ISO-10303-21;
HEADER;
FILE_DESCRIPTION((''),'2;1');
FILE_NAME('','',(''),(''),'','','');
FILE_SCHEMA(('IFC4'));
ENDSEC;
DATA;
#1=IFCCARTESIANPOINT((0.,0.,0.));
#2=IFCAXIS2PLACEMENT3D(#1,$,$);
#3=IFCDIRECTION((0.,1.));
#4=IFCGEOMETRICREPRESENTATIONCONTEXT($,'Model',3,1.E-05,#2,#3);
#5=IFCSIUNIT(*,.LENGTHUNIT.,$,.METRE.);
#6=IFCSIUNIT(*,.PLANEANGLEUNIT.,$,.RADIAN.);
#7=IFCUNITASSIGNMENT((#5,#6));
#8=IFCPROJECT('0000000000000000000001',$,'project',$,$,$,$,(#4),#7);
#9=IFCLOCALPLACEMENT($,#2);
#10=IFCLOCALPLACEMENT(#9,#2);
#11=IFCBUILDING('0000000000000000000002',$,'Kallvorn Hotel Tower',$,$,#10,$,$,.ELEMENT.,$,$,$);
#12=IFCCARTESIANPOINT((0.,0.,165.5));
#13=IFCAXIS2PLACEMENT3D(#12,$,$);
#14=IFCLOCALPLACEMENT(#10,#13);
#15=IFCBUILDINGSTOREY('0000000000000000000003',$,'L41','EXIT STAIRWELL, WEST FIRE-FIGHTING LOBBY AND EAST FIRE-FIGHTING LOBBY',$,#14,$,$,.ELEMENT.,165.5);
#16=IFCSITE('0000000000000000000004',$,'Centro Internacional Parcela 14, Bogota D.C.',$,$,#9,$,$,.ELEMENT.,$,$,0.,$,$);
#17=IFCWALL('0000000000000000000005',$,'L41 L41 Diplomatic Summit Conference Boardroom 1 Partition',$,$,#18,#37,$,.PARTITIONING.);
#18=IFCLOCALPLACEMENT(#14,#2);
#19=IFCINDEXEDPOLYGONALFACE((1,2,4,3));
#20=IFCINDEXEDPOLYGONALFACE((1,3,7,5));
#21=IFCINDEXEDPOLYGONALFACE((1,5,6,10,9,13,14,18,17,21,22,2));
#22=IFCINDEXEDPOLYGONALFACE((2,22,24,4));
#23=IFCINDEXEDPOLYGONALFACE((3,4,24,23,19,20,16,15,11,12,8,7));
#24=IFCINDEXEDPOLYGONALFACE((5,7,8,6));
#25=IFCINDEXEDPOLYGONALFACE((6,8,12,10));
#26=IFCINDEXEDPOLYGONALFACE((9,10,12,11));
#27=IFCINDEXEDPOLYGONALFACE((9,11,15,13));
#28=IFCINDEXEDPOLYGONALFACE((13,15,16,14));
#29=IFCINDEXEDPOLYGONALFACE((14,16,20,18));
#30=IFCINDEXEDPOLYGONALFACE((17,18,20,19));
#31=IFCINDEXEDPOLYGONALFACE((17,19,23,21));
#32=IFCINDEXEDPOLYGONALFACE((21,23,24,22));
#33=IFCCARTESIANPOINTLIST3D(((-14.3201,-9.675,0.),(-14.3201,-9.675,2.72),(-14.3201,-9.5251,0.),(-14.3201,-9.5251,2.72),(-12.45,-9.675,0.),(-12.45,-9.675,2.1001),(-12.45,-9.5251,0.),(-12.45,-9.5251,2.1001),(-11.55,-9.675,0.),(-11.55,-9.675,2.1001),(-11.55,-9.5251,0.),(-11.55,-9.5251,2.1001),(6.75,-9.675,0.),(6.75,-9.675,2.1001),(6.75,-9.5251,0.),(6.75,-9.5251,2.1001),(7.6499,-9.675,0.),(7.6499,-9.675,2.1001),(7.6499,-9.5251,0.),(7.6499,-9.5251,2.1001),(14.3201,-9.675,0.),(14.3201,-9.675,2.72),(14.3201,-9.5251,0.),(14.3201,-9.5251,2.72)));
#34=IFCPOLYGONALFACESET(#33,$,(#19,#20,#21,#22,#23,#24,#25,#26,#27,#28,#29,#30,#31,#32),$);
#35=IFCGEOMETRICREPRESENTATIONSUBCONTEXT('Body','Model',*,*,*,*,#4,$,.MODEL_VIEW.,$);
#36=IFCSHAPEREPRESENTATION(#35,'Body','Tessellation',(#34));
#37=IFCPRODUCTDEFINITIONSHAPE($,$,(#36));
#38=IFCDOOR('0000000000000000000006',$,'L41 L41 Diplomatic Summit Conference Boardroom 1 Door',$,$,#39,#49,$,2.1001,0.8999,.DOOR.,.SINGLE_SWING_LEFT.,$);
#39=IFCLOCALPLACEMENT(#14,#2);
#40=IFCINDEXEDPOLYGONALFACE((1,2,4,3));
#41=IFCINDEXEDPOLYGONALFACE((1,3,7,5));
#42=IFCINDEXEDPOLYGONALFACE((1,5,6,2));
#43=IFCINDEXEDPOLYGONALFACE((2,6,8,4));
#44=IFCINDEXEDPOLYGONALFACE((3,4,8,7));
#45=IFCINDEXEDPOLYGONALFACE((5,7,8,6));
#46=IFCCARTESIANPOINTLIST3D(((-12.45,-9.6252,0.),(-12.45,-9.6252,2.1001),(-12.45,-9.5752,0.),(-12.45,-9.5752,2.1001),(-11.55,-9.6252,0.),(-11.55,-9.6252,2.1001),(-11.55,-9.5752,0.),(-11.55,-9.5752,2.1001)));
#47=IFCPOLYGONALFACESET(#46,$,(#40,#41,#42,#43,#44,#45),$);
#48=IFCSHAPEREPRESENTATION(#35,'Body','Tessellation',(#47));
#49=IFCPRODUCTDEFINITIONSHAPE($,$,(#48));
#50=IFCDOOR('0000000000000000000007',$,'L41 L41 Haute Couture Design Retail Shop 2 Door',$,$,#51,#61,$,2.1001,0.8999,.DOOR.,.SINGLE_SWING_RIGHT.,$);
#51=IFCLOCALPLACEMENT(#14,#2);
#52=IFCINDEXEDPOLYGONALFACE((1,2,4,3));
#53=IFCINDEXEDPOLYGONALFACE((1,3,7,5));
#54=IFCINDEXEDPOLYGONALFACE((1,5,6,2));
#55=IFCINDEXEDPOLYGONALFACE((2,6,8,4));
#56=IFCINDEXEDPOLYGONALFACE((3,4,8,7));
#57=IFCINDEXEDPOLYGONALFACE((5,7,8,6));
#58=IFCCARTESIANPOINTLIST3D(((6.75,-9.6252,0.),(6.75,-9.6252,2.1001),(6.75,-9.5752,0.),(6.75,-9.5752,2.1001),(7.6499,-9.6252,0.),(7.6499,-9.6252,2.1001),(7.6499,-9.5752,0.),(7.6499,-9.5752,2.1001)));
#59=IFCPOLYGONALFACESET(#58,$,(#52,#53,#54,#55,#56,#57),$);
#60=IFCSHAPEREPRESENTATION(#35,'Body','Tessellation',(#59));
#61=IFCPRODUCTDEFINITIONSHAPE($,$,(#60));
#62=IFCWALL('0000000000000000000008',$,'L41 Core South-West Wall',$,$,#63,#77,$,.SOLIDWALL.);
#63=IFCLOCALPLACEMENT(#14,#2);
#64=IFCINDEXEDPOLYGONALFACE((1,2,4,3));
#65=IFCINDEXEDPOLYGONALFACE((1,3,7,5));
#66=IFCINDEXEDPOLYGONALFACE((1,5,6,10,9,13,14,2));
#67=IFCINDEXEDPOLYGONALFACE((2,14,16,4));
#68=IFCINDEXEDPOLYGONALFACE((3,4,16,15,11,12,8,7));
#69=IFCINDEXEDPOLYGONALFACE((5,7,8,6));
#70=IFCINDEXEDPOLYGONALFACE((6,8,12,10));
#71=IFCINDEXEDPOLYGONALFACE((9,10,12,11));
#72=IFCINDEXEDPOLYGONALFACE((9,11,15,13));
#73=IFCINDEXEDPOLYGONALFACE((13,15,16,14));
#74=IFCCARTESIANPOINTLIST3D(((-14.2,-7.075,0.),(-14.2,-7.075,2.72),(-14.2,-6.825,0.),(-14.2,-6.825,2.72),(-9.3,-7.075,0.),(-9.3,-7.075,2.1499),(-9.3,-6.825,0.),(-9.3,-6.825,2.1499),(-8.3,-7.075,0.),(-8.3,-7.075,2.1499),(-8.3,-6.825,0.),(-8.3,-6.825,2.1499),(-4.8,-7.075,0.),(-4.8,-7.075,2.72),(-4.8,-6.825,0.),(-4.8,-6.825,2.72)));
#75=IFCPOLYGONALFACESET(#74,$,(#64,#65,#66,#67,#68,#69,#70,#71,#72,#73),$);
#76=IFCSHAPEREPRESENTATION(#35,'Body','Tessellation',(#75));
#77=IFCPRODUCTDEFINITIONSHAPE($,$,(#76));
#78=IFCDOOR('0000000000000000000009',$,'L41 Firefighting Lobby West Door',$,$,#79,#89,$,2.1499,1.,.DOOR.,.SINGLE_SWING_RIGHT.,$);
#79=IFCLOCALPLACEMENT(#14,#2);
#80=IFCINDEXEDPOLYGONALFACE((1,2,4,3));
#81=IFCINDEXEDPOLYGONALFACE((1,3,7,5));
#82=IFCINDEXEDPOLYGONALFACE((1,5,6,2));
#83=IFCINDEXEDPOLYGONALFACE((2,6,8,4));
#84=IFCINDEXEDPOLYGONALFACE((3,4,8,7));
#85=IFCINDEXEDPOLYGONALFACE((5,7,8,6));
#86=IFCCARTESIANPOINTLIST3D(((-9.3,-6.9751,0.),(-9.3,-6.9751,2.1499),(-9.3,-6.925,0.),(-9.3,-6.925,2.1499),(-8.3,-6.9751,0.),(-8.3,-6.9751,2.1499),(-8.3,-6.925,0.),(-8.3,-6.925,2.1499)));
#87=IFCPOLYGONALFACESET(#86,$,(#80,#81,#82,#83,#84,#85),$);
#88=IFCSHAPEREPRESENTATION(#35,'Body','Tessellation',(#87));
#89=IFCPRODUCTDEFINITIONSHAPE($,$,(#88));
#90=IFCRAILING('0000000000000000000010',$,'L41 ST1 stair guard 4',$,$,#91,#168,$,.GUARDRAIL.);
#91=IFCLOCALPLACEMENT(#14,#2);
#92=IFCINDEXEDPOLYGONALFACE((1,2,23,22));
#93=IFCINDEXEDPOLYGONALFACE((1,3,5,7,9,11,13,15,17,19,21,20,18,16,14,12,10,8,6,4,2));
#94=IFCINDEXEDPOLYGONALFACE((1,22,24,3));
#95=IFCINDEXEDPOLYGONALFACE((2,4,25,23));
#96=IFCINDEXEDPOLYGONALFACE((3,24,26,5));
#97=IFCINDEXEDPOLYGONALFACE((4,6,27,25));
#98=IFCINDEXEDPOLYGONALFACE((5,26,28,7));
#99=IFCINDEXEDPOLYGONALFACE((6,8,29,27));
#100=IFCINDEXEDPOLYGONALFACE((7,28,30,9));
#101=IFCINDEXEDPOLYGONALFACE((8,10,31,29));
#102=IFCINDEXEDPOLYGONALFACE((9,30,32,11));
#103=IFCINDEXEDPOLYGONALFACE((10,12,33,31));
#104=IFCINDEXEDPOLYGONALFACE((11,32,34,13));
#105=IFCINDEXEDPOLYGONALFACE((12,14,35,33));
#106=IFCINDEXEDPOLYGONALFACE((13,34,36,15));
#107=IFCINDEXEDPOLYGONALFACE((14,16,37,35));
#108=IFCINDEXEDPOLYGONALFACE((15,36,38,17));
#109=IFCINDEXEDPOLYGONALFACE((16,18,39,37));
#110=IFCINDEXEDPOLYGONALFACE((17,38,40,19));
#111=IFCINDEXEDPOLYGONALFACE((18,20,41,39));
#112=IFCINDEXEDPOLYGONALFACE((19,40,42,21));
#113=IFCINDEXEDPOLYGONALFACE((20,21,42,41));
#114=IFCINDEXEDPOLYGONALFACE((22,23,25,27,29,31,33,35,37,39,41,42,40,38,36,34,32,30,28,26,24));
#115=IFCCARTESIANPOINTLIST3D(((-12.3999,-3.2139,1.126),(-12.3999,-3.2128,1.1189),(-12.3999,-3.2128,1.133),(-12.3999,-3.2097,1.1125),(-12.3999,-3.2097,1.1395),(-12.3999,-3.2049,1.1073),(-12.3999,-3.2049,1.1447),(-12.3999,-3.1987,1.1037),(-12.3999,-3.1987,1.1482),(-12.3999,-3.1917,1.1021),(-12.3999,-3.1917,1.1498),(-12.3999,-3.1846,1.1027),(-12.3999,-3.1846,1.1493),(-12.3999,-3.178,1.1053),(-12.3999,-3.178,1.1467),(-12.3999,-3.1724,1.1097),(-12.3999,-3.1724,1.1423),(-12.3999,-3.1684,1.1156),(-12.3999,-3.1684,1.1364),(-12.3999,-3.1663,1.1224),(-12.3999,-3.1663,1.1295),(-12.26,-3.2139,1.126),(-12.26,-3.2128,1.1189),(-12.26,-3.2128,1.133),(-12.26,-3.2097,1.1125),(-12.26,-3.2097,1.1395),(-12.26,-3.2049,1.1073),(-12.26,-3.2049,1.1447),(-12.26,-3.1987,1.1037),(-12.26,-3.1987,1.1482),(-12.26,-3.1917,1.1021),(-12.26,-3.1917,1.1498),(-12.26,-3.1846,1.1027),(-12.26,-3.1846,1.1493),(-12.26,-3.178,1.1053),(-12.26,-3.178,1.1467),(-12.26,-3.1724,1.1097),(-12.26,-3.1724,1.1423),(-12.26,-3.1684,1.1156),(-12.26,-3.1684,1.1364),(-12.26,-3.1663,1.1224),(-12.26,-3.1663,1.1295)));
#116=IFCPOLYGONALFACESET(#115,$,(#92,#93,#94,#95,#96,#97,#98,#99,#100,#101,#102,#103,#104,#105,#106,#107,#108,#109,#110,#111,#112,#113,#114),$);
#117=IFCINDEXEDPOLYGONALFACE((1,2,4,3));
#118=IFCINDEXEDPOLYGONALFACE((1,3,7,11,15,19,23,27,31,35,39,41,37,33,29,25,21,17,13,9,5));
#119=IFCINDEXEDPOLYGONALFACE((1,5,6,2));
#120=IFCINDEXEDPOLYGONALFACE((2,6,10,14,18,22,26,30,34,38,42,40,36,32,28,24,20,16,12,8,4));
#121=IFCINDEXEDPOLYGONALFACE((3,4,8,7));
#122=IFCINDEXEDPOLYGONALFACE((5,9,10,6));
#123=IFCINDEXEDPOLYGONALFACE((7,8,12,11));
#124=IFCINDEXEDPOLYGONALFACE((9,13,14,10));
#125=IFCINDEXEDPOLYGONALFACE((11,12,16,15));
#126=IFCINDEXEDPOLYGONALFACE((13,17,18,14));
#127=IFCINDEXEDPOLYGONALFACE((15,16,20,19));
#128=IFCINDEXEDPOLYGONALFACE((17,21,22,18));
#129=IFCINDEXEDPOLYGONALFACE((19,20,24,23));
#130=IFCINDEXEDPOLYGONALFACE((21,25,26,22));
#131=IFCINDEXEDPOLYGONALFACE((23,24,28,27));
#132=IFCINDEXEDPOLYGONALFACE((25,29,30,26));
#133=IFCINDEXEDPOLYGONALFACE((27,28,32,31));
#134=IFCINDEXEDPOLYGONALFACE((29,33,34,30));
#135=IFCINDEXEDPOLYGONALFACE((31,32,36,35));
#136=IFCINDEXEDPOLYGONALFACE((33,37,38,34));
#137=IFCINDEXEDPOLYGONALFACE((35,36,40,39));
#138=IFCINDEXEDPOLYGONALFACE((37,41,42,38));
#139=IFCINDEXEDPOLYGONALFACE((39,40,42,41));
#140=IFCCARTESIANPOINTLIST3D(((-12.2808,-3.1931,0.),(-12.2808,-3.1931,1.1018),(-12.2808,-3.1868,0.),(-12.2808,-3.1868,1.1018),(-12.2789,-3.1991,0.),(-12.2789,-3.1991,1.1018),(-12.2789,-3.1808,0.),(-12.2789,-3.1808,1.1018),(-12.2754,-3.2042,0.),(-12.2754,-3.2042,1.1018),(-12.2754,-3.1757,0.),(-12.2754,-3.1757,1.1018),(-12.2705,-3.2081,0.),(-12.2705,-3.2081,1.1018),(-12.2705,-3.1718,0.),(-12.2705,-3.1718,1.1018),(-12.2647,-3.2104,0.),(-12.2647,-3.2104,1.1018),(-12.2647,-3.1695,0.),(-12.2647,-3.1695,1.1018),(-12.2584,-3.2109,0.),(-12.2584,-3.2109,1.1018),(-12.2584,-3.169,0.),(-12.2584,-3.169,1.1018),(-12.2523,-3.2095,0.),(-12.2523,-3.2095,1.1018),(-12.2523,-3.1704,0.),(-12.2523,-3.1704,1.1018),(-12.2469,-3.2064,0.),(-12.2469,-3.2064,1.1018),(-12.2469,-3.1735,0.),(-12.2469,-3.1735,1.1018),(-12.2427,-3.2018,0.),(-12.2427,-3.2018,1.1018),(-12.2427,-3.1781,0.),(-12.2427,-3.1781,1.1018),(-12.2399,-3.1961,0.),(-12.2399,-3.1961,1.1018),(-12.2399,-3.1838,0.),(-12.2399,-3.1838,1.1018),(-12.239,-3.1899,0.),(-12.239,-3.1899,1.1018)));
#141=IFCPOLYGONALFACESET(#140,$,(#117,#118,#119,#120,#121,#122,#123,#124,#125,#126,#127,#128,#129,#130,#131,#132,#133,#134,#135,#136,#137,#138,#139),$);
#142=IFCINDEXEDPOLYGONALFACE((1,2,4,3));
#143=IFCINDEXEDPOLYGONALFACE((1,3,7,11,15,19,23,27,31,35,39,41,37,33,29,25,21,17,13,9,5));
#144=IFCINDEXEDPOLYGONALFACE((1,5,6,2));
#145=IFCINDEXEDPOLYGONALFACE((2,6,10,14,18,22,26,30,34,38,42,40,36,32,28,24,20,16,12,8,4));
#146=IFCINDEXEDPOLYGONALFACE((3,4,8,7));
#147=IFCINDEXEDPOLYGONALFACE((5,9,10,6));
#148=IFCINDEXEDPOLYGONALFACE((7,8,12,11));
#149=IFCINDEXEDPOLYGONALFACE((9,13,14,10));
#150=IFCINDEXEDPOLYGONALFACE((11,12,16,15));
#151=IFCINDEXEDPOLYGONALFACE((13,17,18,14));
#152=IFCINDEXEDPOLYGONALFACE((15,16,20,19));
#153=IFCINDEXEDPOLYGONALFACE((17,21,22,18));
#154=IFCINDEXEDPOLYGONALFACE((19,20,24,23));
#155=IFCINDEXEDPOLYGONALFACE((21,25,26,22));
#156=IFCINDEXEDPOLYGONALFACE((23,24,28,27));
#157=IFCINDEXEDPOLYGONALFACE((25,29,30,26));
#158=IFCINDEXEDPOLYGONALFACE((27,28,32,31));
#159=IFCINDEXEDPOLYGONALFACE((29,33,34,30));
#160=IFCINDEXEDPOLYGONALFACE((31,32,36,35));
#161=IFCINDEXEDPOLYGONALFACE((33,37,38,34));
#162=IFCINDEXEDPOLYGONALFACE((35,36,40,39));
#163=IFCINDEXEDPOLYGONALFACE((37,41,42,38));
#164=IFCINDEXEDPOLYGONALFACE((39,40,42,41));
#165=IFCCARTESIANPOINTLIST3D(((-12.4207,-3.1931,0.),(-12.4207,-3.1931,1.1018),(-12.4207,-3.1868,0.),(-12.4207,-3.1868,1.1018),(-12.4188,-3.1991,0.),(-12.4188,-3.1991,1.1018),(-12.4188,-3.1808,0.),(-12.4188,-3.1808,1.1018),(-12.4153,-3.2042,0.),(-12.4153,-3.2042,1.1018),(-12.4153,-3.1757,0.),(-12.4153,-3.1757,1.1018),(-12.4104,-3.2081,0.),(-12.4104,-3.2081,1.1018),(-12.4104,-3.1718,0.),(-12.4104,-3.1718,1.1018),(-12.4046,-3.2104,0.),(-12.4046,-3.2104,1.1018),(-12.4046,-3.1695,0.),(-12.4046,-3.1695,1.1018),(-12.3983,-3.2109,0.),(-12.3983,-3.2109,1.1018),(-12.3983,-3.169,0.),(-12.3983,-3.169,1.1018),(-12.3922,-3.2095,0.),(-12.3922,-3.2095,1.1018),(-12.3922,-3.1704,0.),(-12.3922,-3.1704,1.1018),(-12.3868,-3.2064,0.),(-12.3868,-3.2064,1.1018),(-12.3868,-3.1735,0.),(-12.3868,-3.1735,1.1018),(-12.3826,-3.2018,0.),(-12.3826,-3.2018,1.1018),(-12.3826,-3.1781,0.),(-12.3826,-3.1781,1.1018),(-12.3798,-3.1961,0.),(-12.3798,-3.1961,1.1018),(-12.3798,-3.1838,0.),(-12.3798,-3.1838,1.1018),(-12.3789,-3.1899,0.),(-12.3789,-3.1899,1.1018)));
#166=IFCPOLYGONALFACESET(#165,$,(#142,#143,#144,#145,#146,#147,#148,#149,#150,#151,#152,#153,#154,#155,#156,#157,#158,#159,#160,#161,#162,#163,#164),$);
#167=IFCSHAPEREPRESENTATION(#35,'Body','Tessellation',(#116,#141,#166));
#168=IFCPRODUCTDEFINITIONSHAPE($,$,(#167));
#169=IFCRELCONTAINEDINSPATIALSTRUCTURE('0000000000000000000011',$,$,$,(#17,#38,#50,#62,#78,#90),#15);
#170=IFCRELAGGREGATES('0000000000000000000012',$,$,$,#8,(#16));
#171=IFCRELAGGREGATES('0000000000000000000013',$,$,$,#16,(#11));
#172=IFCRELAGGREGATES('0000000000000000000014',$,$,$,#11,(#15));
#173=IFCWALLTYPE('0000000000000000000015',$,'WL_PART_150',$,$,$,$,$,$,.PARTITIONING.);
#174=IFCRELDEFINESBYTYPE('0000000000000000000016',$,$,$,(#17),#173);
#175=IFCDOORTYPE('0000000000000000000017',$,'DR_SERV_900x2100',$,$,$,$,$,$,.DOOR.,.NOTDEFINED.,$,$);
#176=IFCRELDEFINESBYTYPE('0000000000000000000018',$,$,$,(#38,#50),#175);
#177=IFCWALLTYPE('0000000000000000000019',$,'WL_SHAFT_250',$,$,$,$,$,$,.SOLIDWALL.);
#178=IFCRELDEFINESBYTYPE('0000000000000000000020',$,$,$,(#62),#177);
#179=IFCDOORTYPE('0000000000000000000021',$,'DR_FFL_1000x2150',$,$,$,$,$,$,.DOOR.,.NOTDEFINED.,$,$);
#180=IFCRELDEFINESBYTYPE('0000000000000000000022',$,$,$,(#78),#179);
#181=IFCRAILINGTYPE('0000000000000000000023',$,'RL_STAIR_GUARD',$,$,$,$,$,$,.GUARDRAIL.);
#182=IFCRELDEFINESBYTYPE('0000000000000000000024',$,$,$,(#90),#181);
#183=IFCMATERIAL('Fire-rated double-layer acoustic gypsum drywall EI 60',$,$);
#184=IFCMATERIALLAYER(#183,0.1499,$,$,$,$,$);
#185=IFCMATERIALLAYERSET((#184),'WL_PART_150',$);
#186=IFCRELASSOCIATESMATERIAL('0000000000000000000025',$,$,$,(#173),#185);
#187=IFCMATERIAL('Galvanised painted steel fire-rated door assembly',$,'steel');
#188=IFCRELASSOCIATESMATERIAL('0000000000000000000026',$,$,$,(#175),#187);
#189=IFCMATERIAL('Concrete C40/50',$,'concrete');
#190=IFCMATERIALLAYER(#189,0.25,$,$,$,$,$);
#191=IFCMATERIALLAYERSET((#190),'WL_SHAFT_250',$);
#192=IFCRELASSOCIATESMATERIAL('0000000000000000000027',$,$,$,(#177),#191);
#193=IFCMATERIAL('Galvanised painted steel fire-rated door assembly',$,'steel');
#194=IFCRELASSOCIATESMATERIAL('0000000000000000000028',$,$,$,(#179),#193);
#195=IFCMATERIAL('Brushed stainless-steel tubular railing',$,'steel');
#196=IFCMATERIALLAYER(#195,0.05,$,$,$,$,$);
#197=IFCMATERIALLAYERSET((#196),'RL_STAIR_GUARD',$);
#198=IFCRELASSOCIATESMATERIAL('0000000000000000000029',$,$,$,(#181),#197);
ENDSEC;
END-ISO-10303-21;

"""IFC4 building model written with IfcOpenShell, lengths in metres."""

from ifc_helpers import new_model, si_unit, direction, frame, frame_2d, origin, origin_2d, place, context, subcontext, project, spatial, rectangle, circle, extrude, material, layer, layer_set, type_object, element, fill, save


model = new_model("IFC4")

# Units and contexts
model_context = context("Model", 3, precision=1e-05, world=origin(), true_north=direction((0.0, 1.0)))
body_context = subcontext(model_context, "Body", "Model", "MODEL_VIEW")
ifc_project = project(units=[si_unit("LENGTHUNIT", "METRE"), si_unit("PLANEANGLEUNIT", "RADIAN")], contexts=[model_context])

# Site, building, storey
site_placement = place(None, origin())
site = spatial("IfcSite", under=ifc_project, at=site_placement, Name="Centro Internacional Parcela 14, Bogota D.C.", CompositionType="ELEMENT", RefElevation=0.0)
building_placement = place(site_placement, origin())
building = spatial("IfcBuilding", under=site, at=building_placement, Name="Kallvorn Hotel Tower", CompositionType="ELEMENT")
storey_placement = place(building_placement, frame((0.0, 0.0, 165.5)))
storey = spatial("IfcBuildingStorey", under=building, at=storey_placement, Name="L41", Description="EXIT STAIRWELL, WEST FIRE-FIGHTING LOBBY AND EAST FIRE-FIGHTING LOBBY", CompositionType="ELEMENT", Elevation=165.5)

# Wall, openings, doors
ifc_material_1 = material(Name="Fire-rated double-layer acoustic gypsum drywall EI 60")
ifc_layer_1 = layer(ifc_material_1, 0.1499)
ifc_layer_set_1 = layer_set([ifc_layer_1], Name="WL_PART_150")
wall_type_1 = type_object("IfcWallType", Name="WL_PART_150", PredefinedType="PARTITIONING", material=ifc_layer_set_1)
wall_1_placement = place(storey_placement, frame((-14.3201, -9.6001, 0.0), z_axis=(0.0, 0.0, 1.0), x_axis=(1.0, 0.0, 0.0)))
wall_1 = element("IfcWall", 1, at=wall_1_placement, inside=storey, type_object=wall_type_1, Name="L41 L41 Diplomatic Summit Conference Boardroom 1 Partition", PredefinedType="PARTITIONING", context=body_context, shape_type="SweptSolid", body=[
    extrude(rectangle(XDim=28.6401, YDim=0.1499, at=frame_2d((14.3201, 0.0))), origin(), (0.0, 0.0, 1.0), 2.72),
])
opening_1_placement = place(wall_1_placement, frame((1.8701, 0.0, 0.0)))
opening_1 = element("IfcOpeningElement", 2, at=opening_1_placement, cuts=wall_1, PredefinedType="OPENING", context=body_context, shape_type="SweptSolid", body=[
    extrude(rectangle(XDim=0.8999, YDim=2.1001, at=frame_2d((0.45, 1.05))), frame((0.0, 0.0898, 0.0), z_axis=(0.0, -1.0, 0.0), x_axis=(1.0, 0.0, 0.0)), (0.0, 0.0, 1.0), 0.1799),
])
opening_2_placement = place(wall_1_placement, frame((21.0701, 0.0, 0.0)))
opening_2 = element("IfcOpeningElement", 3, at=opening_2_placement, cuts=wall_1, PredefinedType="OPENING", context=body_context, shape_type="SweptSolid", body=[
    extrude(rectangle(XDim=0.8999, YDim=2.1001, at=frame_2d((0.45, 1.05))), frame((0.0, 0.0898, 0.0), z_axis=(0.0, -1.0, 0.0), x_axis=(1.0, 0.0, 0.0)), (0.0, 0.0, 1.0), 0.1799),
])
ifc_material_2 = material(Name="Galvanised painted steel fire-rated door assembly", Category="steel")
door_type_1 = type_object("IfcDoorType", Name="DR_SERV_900x2100", OperationType="NOTDEFINED", PredefinedType="DOOR", material=ifc_material_2)
door_1_placement = place(opening_1_placement, origin())
door_1 = element("IfcDoor", 4, at=door_1_placement, inside=storey, type_object=door_type_1, Name="L41 L41 Diplomatic Summit Conference Boardroom 1 Door", OperationType="SINGLE_SWING_LEFT", OverallHeight=2.1001, OverallWidth=0.8999, PredefinedType="DOOR", context=body_context, shape_type="SweptSolid", body=[
    extrude(rectangle(XDim=0.8999, YDim=2.1001, at=frame_2d((0.45, 1.05))), frame((0.0, 0.0249, 0.0), z_axis=(0.0, -1.0, 0.0), x_axis=(1.0, 0.0, 0.0)), (0.0, 0.0, 1.0), 0.05),
])
fill(opening_1, door_1)
door_2_placement = place(opening_2_placement, origin())
door_2 = element("IfcDoor", 5, at=door_2_placement, inside=storey, type_object=door_type_1, Name="L41 L41 Haute Couture Design Retail Shop 2 Door", OperationType="SINGLE_SWING_RIGHT", OverallHeight=2.1001, OverallWidth=0.8999, PredefinedType="DOOR", context=body_context, shape_type="SweptSolid", body=[
    extrude(rectangle(XDim=0.8999, YDim=2.1001, at=frame_2d((0.45, 1.05))), frame((0.0, 0.0249, 0.0), z_axis=(0.0, -1.0, 0.0), x_axis=(1.0, 0.0, 0.0)), (0.0, 0.0, 1.0), 0.05),
])
fill(opening_2, door_2)

# Wall, opening, door
ifc_material_3 = material(Name="Concrete C40/50", Category="concrete")
ifc_layer_2 = layer(ifc_material_3, 0.25)
ifc_layer_set_2 = layer_set([ifc_layer_2], Name="WL_SHAFT_250")
wall_type_2 = type_object("IfcWallType", Name="WL_SHAFT_250", PredefinedType="SOLIDWALL", material=ifc_layer_set_2)
wall_2_placement = place(storey_placement, frame((-14.2, -6.95, 0.0), z_axis=(0.0, 0.0, 1.0), x_axis=(1.0, 0.0, 0.0)))
wall_2 = element("IfcWall", 6, at=wall_2_placement, inside=storey, type_object=wall_type_2, Name="L41 Core South-West Wall", PredefinedType="SOLIDWALL", context=body_context, shape_type="SweptSolid", body=[
    extrude(rectangle(XDim=9.3999, YDim=0.25, at=frame_2d((4.7, 0.0))), origin(), (0.0, 0.0, 1.0), 2.72),
])
opening_3_placement = place(wall_2_placement, frame((4.8999, 0.0, 0.0)))
opening_3 = element("IfcOpeningElement", 7, at=opening_3_placement, cuts=wall_2, PredefinedType="OPENING", context=body_context, shape_type="SweptSolid", body=[
    extrude(rectangle(XDim=1.0, YDim=2.1499, at=frame_2d((0.5, 1.075))), frame((0.0, 0.1399, 0.0), z_axis=(0.0, -1.0, 0.0), x_axis=(1.0, 0.0, 0.0)), (0.0, 0.0, 1.0), 0.28),
])
ifc_material_4 = material(Name="Galvanised painted steel fire-rated door assembly", Category="steel")
door_type_2 = type_object("IfcDoorType", Name="DR_FFL_1000x2150", OperationType="NOTDEFINED", PredefinedType="DOOR", material=ifc_material_4)
door_3_placement = place(opening_3_placement, origin())
door_3 = element("IfcDoor", 8, at=door_3_placement, inside=storey, type_object=door_type_2, Name="L41 Firefighting Lobby West Door", OperationType="SINGLE_SWING_RIGHT", OverallHeight=2.1499, OverallWidth=1.0, PredefinedType="DOOR", context=body_context, shape_type="SweptSolid", body=[
    extrude(rectangle(XDim=1.0, YDim=2.1499, at=frame_2d((0.5, 1.075))), frame((0.0, 0.0249, 0.0), z_axis=(0.0, -1.0, 0.0), x_axis=(1.0, 0.0, 0.0)), (0.0, 0.0, 1.0), 0.05),
])
fill(opening_3, door_3)

# Railing
ifc_material_5 = material(Name="Brushed stainless-steel tubular railing", Category="steel")
ifc_layer_3 = layer(ifc_material_5, 0.05)
ifc_layer_set_3 = layer_set([ifc_layer_3], Name="RL_STAIR_GUARD")
railing_type = type_object("IfcRailingType", Name="RL_STAIR_GUARD", PredefinedType="GUARDRAIL", material=ifc_layer_set_3)
railing_placement = place(storey_placement, frame((-12.26, -3.1899, 0.0)))
element("IfcRailing", 9, at=railing_placement, inside=storey, type_object=railing_type, Name="L41 ST1 stair guard 4", PredefinedType="GUARDRAIL", context=body_context, shape_type="SweptSolid", body=[
    extrude(circle(Radius=0.0239, at=origin_2d()), frame((0.0, 0.0, 1.126), z_axis=(-1.0, 0.0, 0.0), x_axis=(0.0, -1.0, 0.0)), (0.0, 0.0, 1.0), 0.1399),
    extrude(circle(Radius=0.021, at=origin_2d()), origin(), (0.0, 0.0, 1.0), 1.1018),
    extrude(circle(Radius=0.021, at=origin_2d()), frame((-0.1399, 0.0, 0.0)), (0.0, 0.0, 1.0), 1.1018),
])

save(model, "model.ifc")
